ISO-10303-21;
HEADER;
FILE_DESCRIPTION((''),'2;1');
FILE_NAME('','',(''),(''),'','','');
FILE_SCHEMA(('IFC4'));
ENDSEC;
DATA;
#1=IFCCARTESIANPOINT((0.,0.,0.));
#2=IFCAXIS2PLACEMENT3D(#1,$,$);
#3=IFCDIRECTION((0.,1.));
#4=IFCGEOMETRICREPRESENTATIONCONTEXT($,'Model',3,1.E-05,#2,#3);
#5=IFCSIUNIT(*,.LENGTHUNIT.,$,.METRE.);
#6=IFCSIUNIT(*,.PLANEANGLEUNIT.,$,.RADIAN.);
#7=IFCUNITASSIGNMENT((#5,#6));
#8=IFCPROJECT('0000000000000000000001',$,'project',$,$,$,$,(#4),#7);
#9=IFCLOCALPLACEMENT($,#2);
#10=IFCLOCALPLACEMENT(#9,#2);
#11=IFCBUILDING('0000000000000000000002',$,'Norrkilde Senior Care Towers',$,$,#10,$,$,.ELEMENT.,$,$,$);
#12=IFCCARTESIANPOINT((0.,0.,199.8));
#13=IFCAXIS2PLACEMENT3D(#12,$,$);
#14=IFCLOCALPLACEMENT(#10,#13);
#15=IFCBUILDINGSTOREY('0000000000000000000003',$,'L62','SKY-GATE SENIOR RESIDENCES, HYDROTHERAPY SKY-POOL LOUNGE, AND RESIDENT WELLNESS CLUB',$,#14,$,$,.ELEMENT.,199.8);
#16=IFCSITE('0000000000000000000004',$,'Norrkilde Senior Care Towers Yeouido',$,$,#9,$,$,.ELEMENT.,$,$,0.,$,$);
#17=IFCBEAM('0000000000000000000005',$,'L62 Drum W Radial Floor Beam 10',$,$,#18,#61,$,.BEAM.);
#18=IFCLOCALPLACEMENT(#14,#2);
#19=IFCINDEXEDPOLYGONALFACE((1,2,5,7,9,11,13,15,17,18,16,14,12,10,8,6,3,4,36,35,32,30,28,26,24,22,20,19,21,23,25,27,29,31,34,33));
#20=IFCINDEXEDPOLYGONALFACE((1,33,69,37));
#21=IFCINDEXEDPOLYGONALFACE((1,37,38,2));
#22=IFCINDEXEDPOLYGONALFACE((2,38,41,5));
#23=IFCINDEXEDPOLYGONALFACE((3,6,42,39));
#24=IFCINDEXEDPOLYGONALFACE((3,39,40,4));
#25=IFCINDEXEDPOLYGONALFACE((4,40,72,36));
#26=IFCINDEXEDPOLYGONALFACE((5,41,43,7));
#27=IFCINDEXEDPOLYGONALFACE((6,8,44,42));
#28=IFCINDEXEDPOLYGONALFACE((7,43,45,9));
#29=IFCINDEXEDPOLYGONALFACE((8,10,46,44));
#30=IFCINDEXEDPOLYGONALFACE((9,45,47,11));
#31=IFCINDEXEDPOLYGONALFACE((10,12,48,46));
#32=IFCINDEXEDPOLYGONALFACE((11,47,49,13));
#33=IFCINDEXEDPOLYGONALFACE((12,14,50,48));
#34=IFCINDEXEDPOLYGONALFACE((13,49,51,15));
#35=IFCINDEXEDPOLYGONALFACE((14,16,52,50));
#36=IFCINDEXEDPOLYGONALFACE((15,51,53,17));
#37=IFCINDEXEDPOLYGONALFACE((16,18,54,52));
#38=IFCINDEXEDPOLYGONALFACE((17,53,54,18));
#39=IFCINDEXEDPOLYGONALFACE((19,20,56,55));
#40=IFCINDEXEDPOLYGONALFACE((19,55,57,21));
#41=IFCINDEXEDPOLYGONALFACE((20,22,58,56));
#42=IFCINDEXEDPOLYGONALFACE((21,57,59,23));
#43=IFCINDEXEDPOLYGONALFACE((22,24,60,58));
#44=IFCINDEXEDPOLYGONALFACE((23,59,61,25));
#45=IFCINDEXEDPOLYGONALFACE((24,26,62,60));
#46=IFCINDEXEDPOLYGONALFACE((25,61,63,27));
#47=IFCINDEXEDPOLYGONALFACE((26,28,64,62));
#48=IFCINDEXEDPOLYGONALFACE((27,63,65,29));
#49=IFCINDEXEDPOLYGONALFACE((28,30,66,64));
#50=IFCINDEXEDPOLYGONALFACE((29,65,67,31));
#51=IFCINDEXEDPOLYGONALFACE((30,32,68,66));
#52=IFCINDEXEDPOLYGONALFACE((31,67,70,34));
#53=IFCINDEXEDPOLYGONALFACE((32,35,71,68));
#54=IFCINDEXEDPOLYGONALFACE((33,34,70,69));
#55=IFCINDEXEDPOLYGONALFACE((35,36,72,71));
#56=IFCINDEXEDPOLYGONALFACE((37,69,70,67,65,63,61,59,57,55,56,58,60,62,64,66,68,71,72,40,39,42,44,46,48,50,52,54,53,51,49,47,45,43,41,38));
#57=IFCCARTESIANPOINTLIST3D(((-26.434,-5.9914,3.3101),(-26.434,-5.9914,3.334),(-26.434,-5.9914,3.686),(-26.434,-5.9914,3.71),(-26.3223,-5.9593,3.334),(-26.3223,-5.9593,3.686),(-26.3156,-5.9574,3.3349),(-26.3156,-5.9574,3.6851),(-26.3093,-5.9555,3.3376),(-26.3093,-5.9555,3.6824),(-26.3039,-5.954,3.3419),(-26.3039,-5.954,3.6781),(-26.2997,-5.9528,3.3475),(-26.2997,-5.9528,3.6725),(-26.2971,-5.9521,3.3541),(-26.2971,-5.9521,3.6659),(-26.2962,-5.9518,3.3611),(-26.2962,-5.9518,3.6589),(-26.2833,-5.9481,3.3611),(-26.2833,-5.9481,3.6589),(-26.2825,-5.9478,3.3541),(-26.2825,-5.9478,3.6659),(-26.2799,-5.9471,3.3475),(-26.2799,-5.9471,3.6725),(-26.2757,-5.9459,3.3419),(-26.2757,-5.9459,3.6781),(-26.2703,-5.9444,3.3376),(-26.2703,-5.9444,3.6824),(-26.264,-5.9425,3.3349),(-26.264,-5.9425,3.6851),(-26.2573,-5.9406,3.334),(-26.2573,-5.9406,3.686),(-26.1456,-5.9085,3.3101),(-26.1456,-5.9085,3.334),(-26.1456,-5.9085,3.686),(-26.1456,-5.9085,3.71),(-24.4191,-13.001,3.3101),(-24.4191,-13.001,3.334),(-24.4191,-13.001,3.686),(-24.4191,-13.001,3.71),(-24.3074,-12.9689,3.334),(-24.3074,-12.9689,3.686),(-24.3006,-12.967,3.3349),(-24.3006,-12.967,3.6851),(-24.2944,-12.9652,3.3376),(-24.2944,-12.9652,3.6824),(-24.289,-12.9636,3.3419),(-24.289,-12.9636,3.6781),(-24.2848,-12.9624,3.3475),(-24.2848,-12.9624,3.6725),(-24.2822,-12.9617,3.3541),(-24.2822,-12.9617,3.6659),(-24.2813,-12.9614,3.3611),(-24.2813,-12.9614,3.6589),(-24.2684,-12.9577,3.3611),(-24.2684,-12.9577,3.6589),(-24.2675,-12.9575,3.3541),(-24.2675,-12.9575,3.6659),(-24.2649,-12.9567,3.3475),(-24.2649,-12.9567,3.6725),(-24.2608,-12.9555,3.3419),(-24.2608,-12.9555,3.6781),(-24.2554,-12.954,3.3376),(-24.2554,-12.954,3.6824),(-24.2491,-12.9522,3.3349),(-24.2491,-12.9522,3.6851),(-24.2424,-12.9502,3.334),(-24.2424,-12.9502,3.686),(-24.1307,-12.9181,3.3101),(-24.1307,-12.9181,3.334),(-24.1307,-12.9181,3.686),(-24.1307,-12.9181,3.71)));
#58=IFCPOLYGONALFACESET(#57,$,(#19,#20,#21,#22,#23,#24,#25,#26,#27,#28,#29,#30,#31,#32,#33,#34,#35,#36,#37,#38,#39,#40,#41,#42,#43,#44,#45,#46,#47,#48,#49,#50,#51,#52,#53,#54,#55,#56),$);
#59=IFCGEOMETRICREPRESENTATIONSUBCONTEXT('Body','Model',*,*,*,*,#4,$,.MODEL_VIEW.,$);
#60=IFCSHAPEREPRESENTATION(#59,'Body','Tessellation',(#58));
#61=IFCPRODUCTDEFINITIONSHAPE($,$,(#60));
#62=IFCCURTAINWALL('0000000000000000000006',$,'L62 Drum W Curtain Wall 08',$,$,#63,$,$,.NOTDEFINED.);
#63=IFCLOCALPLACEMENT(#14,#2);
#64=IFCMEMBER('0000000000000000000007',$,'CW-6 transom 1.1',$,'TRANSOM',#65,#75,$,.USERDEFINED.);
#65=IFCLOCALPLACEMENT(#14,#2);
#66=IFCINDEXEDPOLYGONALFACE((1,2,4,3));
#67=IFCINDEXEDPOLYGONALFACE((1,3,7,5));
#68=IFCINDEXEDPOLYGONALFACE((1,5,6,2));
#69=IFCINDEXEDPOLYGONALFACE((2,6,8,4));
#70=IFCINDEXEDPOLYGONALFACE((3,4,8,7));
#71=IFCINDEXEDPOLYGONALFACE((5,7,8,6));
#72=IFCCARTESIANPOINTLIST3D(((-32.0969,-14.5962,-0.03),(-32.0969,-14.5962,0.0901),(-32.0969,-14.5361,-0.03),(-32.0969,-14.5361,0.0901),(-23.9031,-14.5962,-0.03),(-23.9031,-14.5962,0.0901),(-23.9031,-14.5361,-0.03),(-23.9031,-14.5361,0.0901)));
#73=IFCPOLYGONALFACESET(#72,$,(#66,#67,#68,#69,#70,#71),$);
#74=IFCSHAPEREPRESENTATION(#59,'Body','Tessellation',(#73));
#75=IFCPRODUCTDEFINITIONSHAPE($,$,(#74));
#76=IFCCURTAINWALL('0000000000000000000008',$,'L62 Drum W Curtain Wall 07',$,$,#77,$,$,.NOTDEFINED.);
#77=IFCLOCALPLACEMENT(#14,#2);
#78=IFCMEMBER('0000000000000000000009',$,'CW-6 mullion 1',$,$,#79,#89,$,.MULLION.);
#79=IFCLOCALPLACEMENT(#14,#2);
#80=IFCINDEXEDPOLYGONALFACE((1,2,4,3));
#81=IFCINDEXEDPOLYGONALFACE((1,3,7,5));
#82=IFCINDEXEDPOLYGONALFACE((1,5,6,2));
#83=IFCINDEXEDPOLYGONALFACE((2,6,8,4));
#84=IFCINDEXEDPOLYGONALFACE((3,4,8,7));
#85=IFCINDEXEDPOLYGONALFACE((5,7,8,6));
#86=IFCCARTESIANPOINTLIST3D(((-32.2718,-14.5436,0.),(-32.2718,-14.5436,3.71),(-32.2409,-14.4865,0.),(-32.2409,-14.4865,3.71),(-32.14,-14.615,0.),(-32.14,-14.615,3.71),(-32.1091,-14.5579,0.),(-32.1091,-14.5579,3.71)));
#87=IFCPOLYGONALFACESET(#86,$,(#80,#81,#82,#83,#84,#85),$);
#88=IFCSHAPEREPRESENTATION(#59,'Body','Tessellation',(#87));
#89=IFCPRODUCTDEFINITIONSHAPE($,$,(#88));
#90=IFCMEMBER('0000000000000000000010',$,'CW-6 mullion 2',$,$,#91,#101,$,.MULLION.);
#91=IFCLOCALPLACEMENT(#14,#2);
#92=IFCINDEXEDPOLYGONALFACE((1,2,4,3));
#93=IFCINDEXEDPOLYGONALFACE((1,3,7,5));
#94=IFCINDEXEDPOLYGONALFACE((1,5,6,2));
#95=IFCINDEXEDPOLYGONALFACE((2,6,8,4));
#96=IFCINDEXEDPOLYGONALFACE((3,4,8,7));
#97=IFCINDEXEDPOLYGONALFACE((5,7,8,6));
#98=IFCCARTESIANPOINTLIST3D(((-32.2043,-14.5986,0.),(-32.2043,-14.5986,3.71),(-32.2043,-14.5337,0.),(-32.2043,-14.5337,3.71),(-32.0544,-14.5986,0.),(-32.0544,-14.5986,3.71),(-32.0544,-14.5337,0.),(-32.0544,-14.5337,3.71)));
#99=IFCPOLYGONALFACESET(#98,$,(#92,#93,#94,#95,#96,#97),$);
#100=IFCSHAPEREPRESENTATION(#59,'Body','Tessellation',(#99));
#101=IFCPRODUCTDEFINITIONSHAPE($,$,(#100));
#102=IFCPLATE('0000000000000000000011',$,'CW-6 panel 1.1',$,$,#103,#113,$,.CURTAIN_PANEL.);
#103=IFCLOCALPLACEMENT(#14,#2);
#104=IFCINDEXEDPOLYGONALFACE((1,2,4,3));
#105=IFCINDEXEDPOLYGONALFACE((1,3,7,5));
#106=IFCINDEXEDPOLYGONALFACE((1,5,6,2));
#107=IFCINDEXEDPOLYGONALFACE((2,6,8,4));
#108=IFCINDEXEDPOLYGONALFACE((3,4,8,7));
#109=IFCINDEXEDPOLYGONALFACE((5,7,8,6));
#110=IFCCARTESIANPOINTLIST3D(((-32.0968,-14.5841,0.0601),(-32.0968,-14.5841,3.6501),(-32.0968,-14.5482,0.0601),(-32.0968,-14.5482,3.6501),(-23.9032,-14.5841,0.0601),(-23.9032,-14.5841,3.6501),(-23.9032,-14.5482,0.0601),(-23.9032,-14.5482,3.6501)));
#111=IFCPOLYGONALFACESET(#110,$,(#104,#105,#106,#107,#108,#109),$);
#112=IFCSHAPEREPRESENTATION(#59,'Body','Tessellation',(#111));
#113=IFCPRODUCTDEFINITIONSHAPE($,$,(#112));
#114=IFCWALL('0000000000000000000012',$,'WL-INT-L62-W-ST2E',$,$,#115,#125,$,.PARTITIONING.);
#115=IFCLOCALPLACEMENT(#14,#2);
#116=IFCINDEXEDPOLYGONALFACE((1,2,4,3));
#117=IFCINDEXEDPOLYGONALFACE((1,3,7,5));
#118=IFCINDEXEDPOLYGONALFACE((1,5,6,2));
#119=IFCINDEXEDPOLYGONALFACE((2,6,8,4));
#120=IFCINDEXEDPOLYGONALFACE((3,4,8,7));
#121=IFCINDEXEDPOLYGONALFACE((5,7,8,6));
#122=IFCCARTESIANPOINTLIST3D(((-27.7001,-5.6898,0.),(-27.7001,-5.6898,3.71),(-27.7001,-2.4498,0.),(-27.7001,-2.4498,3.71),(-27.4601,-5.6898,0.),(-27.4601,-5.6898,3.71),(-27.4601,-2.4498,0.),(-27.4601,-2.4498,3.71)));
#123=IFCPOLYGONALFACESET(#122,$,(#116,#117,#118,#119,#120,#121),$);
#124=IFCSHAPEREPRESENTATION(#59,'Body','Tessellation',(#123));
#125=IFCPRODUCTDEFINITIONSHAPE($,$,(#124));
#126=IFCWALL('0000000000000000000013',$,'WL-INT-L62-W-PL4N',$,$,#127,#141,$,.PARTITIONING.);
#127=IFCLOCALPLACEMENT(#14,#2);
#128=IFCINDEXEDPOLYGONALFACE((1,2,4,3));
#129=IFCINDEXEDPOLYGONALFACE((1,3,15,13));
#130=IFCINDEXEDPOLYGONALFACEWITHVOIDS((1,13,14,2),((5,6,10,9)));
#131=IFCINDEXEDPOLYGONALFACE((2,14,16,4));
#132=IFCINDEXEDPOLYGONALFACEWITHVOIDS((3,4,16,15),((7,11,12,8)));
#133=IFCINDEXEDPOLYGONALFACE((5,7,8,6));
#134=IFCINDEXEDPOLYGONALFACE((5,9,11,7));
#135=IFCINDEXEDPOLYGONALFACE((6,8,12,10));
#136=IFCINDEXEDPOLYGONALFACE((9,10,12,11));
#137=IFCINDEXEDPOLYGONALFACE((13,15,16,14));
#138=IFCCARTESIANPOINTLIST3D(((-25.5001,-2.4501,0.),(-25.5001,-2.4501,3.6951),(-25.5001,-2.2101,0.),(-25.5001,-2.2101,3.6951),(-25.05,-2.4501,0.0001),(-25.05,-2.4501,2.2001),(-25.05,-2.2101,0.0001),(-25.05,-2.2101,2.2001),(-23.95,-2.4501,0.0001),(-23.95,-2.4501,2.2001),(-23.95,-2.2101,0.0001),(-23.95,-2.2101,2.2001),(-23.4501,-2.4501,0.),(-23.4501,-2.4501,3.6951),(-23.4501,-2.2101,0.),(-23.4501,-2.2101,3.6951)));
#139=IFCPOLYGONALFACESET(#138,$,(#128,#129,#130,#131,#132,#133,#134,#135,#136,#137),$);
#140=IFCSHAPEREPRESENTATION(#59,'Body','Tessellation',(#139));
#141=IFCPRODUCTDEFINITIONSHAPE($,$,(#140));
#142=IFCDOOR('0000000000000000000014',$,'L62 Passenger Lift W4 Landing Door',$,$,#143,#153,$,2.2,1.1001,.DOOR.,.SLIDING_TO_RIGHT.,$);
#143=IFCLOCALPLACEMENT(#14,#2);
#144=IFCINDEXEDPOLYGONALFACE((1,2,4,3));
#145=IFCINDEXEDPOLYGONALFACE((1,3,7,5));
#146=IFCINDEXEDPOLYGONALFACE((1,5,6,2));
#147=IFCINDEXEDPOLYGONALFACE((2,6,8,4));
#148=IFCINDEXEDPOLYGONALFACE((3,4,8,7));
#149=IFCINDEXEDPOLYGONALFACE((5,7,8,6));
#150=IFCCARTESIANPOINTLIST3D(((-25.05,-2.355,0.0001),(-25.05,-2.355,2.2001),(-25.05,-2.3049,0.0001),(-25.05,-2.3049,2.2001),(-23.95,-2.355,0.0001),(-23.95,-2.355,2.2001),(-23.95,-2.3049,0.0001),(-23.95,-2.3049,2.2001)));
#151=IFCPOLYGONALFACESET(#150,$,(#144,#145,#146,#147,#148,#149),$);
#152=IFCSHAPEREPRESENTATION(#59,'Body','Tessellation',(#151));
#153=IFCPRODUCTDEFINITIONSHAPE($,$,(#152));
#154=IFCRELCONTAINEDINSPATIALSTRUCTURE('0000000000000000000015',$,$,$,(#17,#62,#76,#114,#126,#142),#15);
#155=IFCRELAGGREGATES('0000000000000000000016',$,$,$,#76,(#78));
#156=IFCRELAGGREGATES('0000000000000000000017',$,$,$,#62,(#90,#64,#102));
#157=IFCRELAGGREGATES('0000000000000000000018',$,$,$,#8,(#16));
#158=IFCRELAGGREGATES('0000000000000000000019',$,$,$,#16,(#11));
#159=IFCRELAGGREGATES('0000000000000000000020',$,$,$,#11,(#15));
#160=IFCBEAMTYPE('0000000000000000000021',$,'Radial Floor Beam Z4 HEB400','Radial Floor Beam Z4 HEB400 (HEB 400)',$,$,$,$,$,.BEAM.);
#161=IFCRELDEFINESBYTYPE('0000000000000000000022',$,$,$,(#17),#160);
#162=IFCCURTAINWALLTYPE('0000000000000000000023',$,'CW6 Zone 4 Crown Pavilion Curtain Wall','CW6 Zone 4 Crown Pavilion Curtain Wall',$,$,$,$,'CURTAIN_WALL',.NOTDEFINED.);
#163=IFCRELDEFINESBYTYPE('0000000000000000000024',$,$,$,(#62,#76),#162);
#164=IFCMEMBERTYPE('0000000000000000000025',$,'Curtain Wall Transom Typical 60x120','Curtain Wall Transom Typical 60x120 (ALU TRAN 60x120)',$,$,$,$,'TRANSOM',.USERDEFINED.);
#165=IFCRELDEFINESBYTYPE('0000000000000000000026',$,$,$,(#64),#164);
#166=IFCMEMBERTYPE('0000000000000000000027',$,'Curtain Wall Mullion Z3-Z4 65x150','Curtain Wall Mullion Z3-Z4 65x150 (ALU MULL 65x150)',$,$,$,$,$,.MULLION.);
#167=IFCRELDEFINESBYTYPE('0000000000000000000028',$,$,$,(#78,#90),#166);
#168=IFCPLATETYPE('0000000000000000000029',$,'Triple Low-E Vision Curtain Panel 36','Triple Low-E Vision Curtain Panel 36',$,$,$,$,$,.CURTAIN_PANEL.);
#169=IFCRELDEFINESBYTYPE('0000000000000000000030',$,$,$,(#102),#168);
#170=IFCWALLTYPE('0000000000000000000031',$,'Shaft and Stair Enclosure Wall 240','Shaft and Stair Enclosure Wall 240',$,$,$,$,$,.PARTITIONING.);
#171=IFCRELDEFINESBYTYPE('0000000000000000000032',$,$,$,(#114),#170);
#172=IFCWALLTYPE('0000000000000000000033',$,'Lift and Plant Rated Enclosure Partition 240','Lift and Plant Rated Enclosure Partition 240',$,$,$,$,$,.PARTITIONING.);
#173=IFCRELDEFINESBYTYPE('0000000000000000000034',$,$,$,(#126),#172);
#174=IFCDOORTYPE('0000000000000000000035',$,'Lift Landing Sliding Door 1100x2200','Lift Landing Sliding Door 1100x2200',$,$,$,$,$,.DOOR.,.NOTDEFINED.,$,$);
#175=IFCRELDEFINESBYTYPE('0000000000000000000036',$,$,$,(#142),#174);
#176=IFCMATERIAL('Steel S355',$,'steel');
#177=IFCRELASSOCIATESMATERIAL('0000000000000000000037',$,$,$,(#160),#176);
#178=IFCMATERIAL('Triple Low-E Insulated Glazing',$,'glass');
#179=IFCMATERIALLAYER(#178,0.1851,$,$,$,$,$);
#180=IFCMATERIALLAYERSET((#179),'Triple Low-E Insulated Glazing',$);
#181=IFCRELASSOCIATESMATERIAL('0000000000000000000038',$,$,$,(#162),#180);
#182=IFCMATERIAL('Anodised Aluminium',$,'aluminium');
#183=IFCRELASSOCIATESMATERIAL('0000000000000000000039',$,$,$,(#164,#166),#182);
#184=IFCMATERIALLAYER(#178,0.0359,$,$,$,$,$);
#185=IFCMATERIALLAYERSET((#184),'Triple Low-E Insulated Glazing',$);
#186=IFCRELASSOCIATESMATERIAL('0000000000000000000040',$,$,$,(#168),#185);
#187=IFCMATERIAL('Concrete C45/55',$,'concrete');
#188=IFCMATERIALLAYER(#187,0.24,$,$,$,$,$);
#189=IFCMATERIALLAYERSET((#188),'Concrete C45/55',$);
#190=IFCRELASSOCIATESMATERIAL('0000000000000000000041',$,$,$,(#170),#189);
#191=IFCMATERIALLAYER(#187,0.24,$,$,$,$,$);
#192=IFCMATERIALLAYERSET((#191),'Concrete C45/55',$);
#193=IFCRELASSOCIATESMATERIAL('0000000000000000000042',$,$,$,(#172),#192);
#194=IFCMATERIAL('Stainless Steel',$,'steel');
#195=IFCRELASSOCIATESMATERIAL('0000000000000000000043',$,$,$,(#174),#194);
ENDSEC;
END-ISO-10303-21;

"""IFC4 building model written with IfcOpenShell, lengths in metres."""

from ifc_helpers import new_model, si_unit, direction, frame, frame_2d, origin, origin_2d, place, context, subcontext, project, spatial, rectangle, i_section, extrude, source, transform, mapped, material, layer, layer_set, material_profile, profile_set, type_object, type_shapes, element, fill, aggregate, save


model = new_model("IFC4")

# Units and contexts
model_context = context("Model", 3, precision=1e-05, world=origin(), true_north=direction((0.0, 1.0)))
body_context = subcontext(model_context, "Body", "Model", "MODEL_VIEW")
ifc_project = project(units=[si_unit("LENGTHUNIT", "METRE"), si_unit("PLANEANGLEUNIT", "RADIAN")], contexts=[model_context])

# Site, building, storey
site_placement = place(None, origin())
site = spatial("IfcSite", under=ifc_project, at=site_placement, Name="Norrkilde Senior Care Towers Yeouido", CompositionType="ELEMENT", RefElevation=0.0)
building_placement = place(site_placement, origin())
building = spatial("IfcBuilding", under=site, at=building_placement, Name="Norrkilde Senior Care Towers", CompositionType="ELEMENT")
storey_placement = place(building_placement, frame((0.0, 0.0, 199.8)))
storey = spatial("IfcBuildingStorey", under=building, at=storey_placement, Name="L62", Description="SKY-GATE SENIOR RESIDENCES, HYDROTHERAPY SKY-POOL LOUNGE, AND RESIDENT WELLNESS CLUB", CompositionType="ELEMENT", Elevation=199.8)

# Beam
ifc_material_1 = material(Name="Steel S355", Category="steel")
ifc_material_profile_1 = material_profile(ifc_material_1, i_section(OverallWidth=0.3, OverallDepth=0.3999, WebThickness=0.0134, FlangeThickness=0.0239, FilletRadius=0.0271, at=origin_2d()), Name="HEB 400")
ifc_profile_set_1 = profile_set([ifc_material_profile_1], Name="Steel S355")
beam_type_1 = type_object("IfcBeamType", Name="Radial Floor Beam Z4 HEB400", Description="Radial Floor Beam Z4 HEB400 (HEB 400)", PredefinedType="BEAM", material=ifc_profile_set_1)
shared_shape_1 = source(origin(), body_context, "Body", "SweptSolid", [
    extrude(i_section(OverallWidth=0.3, OverallDepth=0.3999, WebThickness=0.0134, FlangeThickness=0.0239, FilletRadius=0.0271, at=origin_2d()), origin(), (0.0, 0.0, 1.0), 7.2935),
])
type_shapes(beam_type_1, [shared_shape_1])
for number, where, z_axis, x_axis, name in (
    (1, (-26.2898, -5.95, 3.51), (0.276264, -0.961082, 0.0), (0.961082, 0.276264, 0.0), "L62 Drum W Radial Floor Beam 10"),
):
    element("IfcBeam", number, at=place(storey_placement, frame(where, z_axis=z_axis, x_axis=x_axis)), inside=storey, type_object=beam_type_1, Name=name, PredefinedType="BEAM", context=body_context, shape_type="MappedRepresentation", body=[
        mapped(shared_shape_1, transform((0.0, 0.0, 0.0), x_axis=(1.0, 0.0, 0.0), y_axis=(0.0, 1.0, 0.0), z_axis=(0.0, 0.0, 1.0), scale=1.0)),
    ])

# Curtain walls, members
ifc_material_2 = material(Name="Triple Low-E Insulated Glazing", Category="glass")
ifc_layer_1 = layer(ifc_material_2, 0.1851)
ifc_layer_set_1 = layer_set([ifc_layer_1], Name="Triple Low-E Insulated Glazing")
curtain_wall_type = type_object("IfcCurtainWallType", Name="CW6 Zone 4 Crown Pavilion Curtain Wall", Description="CW6 Zone 4 Crown Pavilion Curtain Wall", ElementType="CURTAIN_WALL", PredefinedType="NOTDEFINED", material=ifc_layer_set_1)
curtain_wall_1_placement = place(storey_placement, origin())
curtain_wall_1 = element("IfcCurtainWall", 2, at=curtain_wall_1_placement, inside=storey, type_object=curtain_wall_type, Name="L62 Drum W Curtain Wall 08", PredefinedType="NOTDEFINED")
ifc_material_3 = material(Name="Anodised Aluminium", Category="aluminium")
ifc_material_profile_2 = material_profile(ifc_material_3, rectangle(XDim=0.0601, YDim=0.1201, at=origin_2d()), Name="ALU TRAN 60x120")
ifc_profile_set_2 = profile_set([ifc_material_profile_2], Name="Anodised Aluminium")
member_type_1 = type_object("IfcMemberType", Name="Curtain Wall Transom Typical 60x120", Description="Curtain Wall Transom Typical 60x120 (ALU TRAN 60x120)", ElementType="TRANSOM", PredefinedType="USERDEFINED", material=ifc_profile_set_2)
shared_shape_2 = source(origin(), body_context, "Body", "SweptSolid", [
    extrude(rectangle(XDim=0.0601, YDim=0.1201, at=origin_2d()), origin(), (0.0, 0.0, 1.0), 8.1938),
])
type_shapes(member_type_1, [shared_shape_2])
member_1_placement = place(storey_placement, frame((-23.9031, -14.5662, 0.03), z_axis=(-1.0, 0.0, 0.0), x_axis=(0.0, -1.0, 0.0)))
member_1 = element("IfcMember", 3, at=member_1_placement, type_object=member_type_1, Name="CW-6 transom 1.1", ObjectType="TRANSOM", PredefinedType="USERDEFINED", context=body_context, shape_type="MappedRepresentation", body=[
    mapped(shared_shape_2, transform((0.0, 0.0, 0.0), x_axis=(1.0, 0.0, 0.0), y_axis=(0.0, 1.0, 0.0), z_axis=(0.0, 0.0, 1.0), scale=1.0)),
])
curtain_wall_2_placement = place(storey_placement, origin())
curtain_wall_2 = element("IfcCurtainWall", 4, at=curtain_wall_2_placement, inside=storey, type_object=curtain_wall_type, Name="L62 Drum W Curtain Wall 07", PredefinedType="NOTDEFINED")
ifc_material_profile_3 = material_profile(ifc_material_3, rectangle(XDim=0.0649, YDim=0.1499, at=origin_2d()), Name="ALU MULL 65x150")
ifc_profile_set_3 = profile_set([ifc_material_profile_3], Name="Anodised Aluminium")
member_type_2 = type_object("IfcMemberType", Name="Curtain Wall Mullion Z3-Z4 65x150", Description="Curtain Wall Mullion Z3-Z4 65x150 (ALU MULL 65x150)", PredefinedType="MULLION", material=ifc_profile_set_3)
shared_shape_3 = source(origin(), body_context, "Body", "SweptSolid", [
    extrude(rectangle(XDim=0.0649, YDim=0.1499, at=origin_2d()), origin(), (0.0, 0.0, 1.0), 3.71),
])
type_shapes(member_type_2, [shared_shape_3])
member_2_placement = place(storey_placement, frame((-32.1904, -14.5508, 0.0), z_axis=(0.0, 0.0, 1.0), x_axis=(-0.476133, -0.879373, 0.0)))
member_2 = element("IfcMember", 5, at=member_2_placement, type_object=member_type_2, Name="CW-6 mullion 1", PredefinedType="MULLION", context=body_context, shape_type="MappedRepresentation", body=[
    mapped(shared_shape_3, transform((0.0, 0.0, 0.0), x_axis=(1.0, 0.0, 0.0), y_axis=(0.0, 1.0, 0.0), z_axis=(0.0, 0.0, 1.0), scale=1.0)),
])
aggregate(curtain_wall_2, [member_2])

# Member
member_3_placement = place(storey_placement, frame((-32.1294, -14.5662, 0.0), z_axis=(0.0, 0.0, 1.0), x_axis=(0.0, -1.0, 0.0)))
member_3 = element("IfcMember", 6, at=member_3_placement, type_object=member_type_2, Name="CW-6 mullion 2", PredefinedType="MULLION", context=body_context, shape_type="MappedRepresentation", body=[
    mapped(shared_shape_3, transform((0.0, 0.0, 0.0), x_axis=(1.0, 0.0, 0.0), y_axis=(0.0, 1.0, 0.0), z_axis=(0.0, 0.0, 1.0), scale=1.0)),
])

# Plate
ifc_layer_2 = layer(ifc_material_2, 0.0359)
ifc_layer_set_2 = layer_set([ifc_layer_2], Name="Triple Low-E Insulated Glazing")
plate_type = type_object("IfcPlateType", Name="Triple Low-E Vision Curtain Panel 36", Description="Triple Low-E Vision Curtain Panel 36", PredefinedType="CURTAIN_PANEL", material=ifc_layer_set_2)
shared_shape_4 = source(origin(), body_context, "Body", "SweptSolid", [
    extrude(rectangle(XDim=8.1936, YDim=0.0359, at=origin_2d()), origin(), (0.0, 0.0, 1.0), 3.5901),
])
type_shapes(plate_type, [shared_shape_4])
plate_placement = place(storey_placement, frame((-28.0, -14.5662, 0.0601), z_axis=(0.0, 0.0, 1.0), x_axis=(-1.0, 0.0, 0.0)))
plate = element("IfcPlate", 7, at=plate_placement, type_object=plate_type, Name="CW-6 panel 1.1", PredefinedType="CURTAIN_PANEL", context=body_context, shape_type="MappedRepresentation", body=[
    mapped(shared_shape_4, transform((0.0, 0.0, 0.0), x_axis=(1.0, 0.0, 0.0), y_axis=(0.0, 1.0, 0.0), z_axis=(0.0, 0.0, 1.0), scale=1.0)),
])
aggregate(curtain_wall_1, [member_3, member_1, plate])

# Wall
ifc_material_4 = material(Name="Concrete C45/55", Category="concrete")
ifc_layer_3 = layer(ifc_material_4, 0.24)
ifc_layer_set_3 = layer_set([ifc_layer_3], Name="Concrete C45/55")
wall_type_1 = type_object("IfcWallType", Name="Shaft and Stair Enclosure Wall 240", Description="Shaft and Stair Enclosure Wall 240", PredefinedType="PARTITIONING", material=ifc_layer_set_3)
shared_shape_5 = source(origin(), body_context, "Body", "SweptSolid", [
    extrude(rectangle(XDim=3.24, YDim=0.24, at=frame_2d((1.6201, 0.0))), origin(), (0.0, 0.0, 1.0), 3.71),
])
type_shapes(wall_type_1, [shared_shape_5])
wall_1_placement = place(storey_placement, frame((-27.5801, -5.6899, 0.0), z_axis=(0.0, 0.0, 1.0), x_axis=(0.0, 1.0, 0.0)))
element("IfcWall", 8, at=wall_1_placement, inside=storey, type_object=wall_type_1, Name="WL-INT-L62-W-ST2E", PredefinedType="PARTITIONING", context=body_context, shape_type="MappedRepresentation", body=[
    mapped(shared_shape_5, transform((0.0, 0.0, 0.0), x_axis=(1.0, 0.0, 0.0), y_axis=(0.0, 1.0, 0.0), z_axis=(0.0, 0.0, 1.0), scale=1.0)),
])

# Wall, opening, door
ifc_layer_4 = layer(ifc_material_4, 0.24)
ifc_layer_set_4 = layer_set([ifc_layer_4], Name="Concrete C45/55")
wall_type_2 = type_object("IfcWallType", Name="Lift and Plant Rated Enclosure Partition 240", Description="Lift and Plant Rated Enclosure Partition 240", PredefinedType="PARTITIONING", material=ifc_layer_set_4)
shared_shape_6 = source(origin(), body_context, "Body", "SweptSolid", [
    extrude(rectangle(XDim=2.05, YDim=0.24, at=frame_2d((1.0249, 0.0))), origin(), (0.0, 0.0, 1.0), 3.6951),
])
type_shapes(wall_type_2, [shared_shape_6])
wall_2_placement = place(storey_placement, frame((-25.5, -2.3301, 0.0), z_axis=(0.0, 0.0, 1.0), x_axis=(1.0, 0.0, 0.0)))
wall_2 = element("IfcWall", 9, at=wall_2_placement, inside=storey, type_object=wall_type_2, Name="WL-INT-L62-W-PL4N", PredefinedType="PARTITIONING", context=body_context, shape_type="MappedRepresentation", body=[
    mapped(shared_shape_6, transform((0.0, 0.0, 0.0), x_axis=(1.0, 0.0, 0.0), y_axis=(0.0, 1.0, 0.0), z_axis=(0.0, 0.0, 1.0), scale=1.0)),
])
opening_1_placement = place(wall_2_placement, frame((0.45, 0.0, 0.0)))
opening_1 = element("IfcOpeningElement", 10, at=opening_1_placement, cuts=wall_2, PredefinedType="OPENING", context=body_context, shape_type="SweptSolid", body=[
    extrude(rectangle(XDim=1.1001, YDim=2.2, at=frame_2d((0.55, 1.1001))), frame((0.0, 0.1299, 0.0), z_axis=(0.0, -1.0, 0.0), x_axis=(1.0, 0.0, 0.0)), (0.0, 0.0, 1.0), 0.26),
])
ifc_material_5 = material(Name="Stainless Steel", Category="steel")
door_type_1 = type_object("IfcDoorType", Name="Lift Landing Sliding Door 1100x2200", Description="Lift Landing Sliding Door 1100x2200", OperationType="NOTDEFINED", PredefinedType="DOOR", material=ifc_material_5)
shared_shape_7 = source(origin(), body_context, "Body", "SweptSolid", [
    extrude(rectangle(XDim=1.1001, YDim=2.2, at=frame_2d((0.55, 1.1001))), frame((0.0, 0.0249, 0.0), z_axis=(0.0, -1.0, 0.0), x_axis=(1.0, 0.0, 0.0)), (0.0, 0.0, 1.0), 0.05),
])
type_shapes(door_type_1, [shared_shape_7])
door_1_placement = place(opening_1_placement, frame((1.1001, 0.0, 0.0), z_axis=(0.0, 0.0, 1.0), x_axis=(-1.0, 0.0, 0.0)))
door_1 = element("IfcDoor", 11, at=door_1_placement, inside=storey, type_object=door_type_1, Name="L62 Passenger Lift W4 Landing Door", OperationType="SLIDING_TO_RIGHT", OverallHeight=2.2, OverallWidth=1.1001, PredefinedType="DOOR", context=body_context, shape_type="MappedRepresentation", body=[
    mapped(shared_shape_7, transform((0.0, 0.0, 0.0), x_axis=(1.0, 0.0, 0.0), y_axis=(0.0, 1.0, 0.0), z_axis=(0.0, 0.0, 1.0), scale=1.0)),
])
fill(opening_1, door_1)

save(model, "model.ifc")
